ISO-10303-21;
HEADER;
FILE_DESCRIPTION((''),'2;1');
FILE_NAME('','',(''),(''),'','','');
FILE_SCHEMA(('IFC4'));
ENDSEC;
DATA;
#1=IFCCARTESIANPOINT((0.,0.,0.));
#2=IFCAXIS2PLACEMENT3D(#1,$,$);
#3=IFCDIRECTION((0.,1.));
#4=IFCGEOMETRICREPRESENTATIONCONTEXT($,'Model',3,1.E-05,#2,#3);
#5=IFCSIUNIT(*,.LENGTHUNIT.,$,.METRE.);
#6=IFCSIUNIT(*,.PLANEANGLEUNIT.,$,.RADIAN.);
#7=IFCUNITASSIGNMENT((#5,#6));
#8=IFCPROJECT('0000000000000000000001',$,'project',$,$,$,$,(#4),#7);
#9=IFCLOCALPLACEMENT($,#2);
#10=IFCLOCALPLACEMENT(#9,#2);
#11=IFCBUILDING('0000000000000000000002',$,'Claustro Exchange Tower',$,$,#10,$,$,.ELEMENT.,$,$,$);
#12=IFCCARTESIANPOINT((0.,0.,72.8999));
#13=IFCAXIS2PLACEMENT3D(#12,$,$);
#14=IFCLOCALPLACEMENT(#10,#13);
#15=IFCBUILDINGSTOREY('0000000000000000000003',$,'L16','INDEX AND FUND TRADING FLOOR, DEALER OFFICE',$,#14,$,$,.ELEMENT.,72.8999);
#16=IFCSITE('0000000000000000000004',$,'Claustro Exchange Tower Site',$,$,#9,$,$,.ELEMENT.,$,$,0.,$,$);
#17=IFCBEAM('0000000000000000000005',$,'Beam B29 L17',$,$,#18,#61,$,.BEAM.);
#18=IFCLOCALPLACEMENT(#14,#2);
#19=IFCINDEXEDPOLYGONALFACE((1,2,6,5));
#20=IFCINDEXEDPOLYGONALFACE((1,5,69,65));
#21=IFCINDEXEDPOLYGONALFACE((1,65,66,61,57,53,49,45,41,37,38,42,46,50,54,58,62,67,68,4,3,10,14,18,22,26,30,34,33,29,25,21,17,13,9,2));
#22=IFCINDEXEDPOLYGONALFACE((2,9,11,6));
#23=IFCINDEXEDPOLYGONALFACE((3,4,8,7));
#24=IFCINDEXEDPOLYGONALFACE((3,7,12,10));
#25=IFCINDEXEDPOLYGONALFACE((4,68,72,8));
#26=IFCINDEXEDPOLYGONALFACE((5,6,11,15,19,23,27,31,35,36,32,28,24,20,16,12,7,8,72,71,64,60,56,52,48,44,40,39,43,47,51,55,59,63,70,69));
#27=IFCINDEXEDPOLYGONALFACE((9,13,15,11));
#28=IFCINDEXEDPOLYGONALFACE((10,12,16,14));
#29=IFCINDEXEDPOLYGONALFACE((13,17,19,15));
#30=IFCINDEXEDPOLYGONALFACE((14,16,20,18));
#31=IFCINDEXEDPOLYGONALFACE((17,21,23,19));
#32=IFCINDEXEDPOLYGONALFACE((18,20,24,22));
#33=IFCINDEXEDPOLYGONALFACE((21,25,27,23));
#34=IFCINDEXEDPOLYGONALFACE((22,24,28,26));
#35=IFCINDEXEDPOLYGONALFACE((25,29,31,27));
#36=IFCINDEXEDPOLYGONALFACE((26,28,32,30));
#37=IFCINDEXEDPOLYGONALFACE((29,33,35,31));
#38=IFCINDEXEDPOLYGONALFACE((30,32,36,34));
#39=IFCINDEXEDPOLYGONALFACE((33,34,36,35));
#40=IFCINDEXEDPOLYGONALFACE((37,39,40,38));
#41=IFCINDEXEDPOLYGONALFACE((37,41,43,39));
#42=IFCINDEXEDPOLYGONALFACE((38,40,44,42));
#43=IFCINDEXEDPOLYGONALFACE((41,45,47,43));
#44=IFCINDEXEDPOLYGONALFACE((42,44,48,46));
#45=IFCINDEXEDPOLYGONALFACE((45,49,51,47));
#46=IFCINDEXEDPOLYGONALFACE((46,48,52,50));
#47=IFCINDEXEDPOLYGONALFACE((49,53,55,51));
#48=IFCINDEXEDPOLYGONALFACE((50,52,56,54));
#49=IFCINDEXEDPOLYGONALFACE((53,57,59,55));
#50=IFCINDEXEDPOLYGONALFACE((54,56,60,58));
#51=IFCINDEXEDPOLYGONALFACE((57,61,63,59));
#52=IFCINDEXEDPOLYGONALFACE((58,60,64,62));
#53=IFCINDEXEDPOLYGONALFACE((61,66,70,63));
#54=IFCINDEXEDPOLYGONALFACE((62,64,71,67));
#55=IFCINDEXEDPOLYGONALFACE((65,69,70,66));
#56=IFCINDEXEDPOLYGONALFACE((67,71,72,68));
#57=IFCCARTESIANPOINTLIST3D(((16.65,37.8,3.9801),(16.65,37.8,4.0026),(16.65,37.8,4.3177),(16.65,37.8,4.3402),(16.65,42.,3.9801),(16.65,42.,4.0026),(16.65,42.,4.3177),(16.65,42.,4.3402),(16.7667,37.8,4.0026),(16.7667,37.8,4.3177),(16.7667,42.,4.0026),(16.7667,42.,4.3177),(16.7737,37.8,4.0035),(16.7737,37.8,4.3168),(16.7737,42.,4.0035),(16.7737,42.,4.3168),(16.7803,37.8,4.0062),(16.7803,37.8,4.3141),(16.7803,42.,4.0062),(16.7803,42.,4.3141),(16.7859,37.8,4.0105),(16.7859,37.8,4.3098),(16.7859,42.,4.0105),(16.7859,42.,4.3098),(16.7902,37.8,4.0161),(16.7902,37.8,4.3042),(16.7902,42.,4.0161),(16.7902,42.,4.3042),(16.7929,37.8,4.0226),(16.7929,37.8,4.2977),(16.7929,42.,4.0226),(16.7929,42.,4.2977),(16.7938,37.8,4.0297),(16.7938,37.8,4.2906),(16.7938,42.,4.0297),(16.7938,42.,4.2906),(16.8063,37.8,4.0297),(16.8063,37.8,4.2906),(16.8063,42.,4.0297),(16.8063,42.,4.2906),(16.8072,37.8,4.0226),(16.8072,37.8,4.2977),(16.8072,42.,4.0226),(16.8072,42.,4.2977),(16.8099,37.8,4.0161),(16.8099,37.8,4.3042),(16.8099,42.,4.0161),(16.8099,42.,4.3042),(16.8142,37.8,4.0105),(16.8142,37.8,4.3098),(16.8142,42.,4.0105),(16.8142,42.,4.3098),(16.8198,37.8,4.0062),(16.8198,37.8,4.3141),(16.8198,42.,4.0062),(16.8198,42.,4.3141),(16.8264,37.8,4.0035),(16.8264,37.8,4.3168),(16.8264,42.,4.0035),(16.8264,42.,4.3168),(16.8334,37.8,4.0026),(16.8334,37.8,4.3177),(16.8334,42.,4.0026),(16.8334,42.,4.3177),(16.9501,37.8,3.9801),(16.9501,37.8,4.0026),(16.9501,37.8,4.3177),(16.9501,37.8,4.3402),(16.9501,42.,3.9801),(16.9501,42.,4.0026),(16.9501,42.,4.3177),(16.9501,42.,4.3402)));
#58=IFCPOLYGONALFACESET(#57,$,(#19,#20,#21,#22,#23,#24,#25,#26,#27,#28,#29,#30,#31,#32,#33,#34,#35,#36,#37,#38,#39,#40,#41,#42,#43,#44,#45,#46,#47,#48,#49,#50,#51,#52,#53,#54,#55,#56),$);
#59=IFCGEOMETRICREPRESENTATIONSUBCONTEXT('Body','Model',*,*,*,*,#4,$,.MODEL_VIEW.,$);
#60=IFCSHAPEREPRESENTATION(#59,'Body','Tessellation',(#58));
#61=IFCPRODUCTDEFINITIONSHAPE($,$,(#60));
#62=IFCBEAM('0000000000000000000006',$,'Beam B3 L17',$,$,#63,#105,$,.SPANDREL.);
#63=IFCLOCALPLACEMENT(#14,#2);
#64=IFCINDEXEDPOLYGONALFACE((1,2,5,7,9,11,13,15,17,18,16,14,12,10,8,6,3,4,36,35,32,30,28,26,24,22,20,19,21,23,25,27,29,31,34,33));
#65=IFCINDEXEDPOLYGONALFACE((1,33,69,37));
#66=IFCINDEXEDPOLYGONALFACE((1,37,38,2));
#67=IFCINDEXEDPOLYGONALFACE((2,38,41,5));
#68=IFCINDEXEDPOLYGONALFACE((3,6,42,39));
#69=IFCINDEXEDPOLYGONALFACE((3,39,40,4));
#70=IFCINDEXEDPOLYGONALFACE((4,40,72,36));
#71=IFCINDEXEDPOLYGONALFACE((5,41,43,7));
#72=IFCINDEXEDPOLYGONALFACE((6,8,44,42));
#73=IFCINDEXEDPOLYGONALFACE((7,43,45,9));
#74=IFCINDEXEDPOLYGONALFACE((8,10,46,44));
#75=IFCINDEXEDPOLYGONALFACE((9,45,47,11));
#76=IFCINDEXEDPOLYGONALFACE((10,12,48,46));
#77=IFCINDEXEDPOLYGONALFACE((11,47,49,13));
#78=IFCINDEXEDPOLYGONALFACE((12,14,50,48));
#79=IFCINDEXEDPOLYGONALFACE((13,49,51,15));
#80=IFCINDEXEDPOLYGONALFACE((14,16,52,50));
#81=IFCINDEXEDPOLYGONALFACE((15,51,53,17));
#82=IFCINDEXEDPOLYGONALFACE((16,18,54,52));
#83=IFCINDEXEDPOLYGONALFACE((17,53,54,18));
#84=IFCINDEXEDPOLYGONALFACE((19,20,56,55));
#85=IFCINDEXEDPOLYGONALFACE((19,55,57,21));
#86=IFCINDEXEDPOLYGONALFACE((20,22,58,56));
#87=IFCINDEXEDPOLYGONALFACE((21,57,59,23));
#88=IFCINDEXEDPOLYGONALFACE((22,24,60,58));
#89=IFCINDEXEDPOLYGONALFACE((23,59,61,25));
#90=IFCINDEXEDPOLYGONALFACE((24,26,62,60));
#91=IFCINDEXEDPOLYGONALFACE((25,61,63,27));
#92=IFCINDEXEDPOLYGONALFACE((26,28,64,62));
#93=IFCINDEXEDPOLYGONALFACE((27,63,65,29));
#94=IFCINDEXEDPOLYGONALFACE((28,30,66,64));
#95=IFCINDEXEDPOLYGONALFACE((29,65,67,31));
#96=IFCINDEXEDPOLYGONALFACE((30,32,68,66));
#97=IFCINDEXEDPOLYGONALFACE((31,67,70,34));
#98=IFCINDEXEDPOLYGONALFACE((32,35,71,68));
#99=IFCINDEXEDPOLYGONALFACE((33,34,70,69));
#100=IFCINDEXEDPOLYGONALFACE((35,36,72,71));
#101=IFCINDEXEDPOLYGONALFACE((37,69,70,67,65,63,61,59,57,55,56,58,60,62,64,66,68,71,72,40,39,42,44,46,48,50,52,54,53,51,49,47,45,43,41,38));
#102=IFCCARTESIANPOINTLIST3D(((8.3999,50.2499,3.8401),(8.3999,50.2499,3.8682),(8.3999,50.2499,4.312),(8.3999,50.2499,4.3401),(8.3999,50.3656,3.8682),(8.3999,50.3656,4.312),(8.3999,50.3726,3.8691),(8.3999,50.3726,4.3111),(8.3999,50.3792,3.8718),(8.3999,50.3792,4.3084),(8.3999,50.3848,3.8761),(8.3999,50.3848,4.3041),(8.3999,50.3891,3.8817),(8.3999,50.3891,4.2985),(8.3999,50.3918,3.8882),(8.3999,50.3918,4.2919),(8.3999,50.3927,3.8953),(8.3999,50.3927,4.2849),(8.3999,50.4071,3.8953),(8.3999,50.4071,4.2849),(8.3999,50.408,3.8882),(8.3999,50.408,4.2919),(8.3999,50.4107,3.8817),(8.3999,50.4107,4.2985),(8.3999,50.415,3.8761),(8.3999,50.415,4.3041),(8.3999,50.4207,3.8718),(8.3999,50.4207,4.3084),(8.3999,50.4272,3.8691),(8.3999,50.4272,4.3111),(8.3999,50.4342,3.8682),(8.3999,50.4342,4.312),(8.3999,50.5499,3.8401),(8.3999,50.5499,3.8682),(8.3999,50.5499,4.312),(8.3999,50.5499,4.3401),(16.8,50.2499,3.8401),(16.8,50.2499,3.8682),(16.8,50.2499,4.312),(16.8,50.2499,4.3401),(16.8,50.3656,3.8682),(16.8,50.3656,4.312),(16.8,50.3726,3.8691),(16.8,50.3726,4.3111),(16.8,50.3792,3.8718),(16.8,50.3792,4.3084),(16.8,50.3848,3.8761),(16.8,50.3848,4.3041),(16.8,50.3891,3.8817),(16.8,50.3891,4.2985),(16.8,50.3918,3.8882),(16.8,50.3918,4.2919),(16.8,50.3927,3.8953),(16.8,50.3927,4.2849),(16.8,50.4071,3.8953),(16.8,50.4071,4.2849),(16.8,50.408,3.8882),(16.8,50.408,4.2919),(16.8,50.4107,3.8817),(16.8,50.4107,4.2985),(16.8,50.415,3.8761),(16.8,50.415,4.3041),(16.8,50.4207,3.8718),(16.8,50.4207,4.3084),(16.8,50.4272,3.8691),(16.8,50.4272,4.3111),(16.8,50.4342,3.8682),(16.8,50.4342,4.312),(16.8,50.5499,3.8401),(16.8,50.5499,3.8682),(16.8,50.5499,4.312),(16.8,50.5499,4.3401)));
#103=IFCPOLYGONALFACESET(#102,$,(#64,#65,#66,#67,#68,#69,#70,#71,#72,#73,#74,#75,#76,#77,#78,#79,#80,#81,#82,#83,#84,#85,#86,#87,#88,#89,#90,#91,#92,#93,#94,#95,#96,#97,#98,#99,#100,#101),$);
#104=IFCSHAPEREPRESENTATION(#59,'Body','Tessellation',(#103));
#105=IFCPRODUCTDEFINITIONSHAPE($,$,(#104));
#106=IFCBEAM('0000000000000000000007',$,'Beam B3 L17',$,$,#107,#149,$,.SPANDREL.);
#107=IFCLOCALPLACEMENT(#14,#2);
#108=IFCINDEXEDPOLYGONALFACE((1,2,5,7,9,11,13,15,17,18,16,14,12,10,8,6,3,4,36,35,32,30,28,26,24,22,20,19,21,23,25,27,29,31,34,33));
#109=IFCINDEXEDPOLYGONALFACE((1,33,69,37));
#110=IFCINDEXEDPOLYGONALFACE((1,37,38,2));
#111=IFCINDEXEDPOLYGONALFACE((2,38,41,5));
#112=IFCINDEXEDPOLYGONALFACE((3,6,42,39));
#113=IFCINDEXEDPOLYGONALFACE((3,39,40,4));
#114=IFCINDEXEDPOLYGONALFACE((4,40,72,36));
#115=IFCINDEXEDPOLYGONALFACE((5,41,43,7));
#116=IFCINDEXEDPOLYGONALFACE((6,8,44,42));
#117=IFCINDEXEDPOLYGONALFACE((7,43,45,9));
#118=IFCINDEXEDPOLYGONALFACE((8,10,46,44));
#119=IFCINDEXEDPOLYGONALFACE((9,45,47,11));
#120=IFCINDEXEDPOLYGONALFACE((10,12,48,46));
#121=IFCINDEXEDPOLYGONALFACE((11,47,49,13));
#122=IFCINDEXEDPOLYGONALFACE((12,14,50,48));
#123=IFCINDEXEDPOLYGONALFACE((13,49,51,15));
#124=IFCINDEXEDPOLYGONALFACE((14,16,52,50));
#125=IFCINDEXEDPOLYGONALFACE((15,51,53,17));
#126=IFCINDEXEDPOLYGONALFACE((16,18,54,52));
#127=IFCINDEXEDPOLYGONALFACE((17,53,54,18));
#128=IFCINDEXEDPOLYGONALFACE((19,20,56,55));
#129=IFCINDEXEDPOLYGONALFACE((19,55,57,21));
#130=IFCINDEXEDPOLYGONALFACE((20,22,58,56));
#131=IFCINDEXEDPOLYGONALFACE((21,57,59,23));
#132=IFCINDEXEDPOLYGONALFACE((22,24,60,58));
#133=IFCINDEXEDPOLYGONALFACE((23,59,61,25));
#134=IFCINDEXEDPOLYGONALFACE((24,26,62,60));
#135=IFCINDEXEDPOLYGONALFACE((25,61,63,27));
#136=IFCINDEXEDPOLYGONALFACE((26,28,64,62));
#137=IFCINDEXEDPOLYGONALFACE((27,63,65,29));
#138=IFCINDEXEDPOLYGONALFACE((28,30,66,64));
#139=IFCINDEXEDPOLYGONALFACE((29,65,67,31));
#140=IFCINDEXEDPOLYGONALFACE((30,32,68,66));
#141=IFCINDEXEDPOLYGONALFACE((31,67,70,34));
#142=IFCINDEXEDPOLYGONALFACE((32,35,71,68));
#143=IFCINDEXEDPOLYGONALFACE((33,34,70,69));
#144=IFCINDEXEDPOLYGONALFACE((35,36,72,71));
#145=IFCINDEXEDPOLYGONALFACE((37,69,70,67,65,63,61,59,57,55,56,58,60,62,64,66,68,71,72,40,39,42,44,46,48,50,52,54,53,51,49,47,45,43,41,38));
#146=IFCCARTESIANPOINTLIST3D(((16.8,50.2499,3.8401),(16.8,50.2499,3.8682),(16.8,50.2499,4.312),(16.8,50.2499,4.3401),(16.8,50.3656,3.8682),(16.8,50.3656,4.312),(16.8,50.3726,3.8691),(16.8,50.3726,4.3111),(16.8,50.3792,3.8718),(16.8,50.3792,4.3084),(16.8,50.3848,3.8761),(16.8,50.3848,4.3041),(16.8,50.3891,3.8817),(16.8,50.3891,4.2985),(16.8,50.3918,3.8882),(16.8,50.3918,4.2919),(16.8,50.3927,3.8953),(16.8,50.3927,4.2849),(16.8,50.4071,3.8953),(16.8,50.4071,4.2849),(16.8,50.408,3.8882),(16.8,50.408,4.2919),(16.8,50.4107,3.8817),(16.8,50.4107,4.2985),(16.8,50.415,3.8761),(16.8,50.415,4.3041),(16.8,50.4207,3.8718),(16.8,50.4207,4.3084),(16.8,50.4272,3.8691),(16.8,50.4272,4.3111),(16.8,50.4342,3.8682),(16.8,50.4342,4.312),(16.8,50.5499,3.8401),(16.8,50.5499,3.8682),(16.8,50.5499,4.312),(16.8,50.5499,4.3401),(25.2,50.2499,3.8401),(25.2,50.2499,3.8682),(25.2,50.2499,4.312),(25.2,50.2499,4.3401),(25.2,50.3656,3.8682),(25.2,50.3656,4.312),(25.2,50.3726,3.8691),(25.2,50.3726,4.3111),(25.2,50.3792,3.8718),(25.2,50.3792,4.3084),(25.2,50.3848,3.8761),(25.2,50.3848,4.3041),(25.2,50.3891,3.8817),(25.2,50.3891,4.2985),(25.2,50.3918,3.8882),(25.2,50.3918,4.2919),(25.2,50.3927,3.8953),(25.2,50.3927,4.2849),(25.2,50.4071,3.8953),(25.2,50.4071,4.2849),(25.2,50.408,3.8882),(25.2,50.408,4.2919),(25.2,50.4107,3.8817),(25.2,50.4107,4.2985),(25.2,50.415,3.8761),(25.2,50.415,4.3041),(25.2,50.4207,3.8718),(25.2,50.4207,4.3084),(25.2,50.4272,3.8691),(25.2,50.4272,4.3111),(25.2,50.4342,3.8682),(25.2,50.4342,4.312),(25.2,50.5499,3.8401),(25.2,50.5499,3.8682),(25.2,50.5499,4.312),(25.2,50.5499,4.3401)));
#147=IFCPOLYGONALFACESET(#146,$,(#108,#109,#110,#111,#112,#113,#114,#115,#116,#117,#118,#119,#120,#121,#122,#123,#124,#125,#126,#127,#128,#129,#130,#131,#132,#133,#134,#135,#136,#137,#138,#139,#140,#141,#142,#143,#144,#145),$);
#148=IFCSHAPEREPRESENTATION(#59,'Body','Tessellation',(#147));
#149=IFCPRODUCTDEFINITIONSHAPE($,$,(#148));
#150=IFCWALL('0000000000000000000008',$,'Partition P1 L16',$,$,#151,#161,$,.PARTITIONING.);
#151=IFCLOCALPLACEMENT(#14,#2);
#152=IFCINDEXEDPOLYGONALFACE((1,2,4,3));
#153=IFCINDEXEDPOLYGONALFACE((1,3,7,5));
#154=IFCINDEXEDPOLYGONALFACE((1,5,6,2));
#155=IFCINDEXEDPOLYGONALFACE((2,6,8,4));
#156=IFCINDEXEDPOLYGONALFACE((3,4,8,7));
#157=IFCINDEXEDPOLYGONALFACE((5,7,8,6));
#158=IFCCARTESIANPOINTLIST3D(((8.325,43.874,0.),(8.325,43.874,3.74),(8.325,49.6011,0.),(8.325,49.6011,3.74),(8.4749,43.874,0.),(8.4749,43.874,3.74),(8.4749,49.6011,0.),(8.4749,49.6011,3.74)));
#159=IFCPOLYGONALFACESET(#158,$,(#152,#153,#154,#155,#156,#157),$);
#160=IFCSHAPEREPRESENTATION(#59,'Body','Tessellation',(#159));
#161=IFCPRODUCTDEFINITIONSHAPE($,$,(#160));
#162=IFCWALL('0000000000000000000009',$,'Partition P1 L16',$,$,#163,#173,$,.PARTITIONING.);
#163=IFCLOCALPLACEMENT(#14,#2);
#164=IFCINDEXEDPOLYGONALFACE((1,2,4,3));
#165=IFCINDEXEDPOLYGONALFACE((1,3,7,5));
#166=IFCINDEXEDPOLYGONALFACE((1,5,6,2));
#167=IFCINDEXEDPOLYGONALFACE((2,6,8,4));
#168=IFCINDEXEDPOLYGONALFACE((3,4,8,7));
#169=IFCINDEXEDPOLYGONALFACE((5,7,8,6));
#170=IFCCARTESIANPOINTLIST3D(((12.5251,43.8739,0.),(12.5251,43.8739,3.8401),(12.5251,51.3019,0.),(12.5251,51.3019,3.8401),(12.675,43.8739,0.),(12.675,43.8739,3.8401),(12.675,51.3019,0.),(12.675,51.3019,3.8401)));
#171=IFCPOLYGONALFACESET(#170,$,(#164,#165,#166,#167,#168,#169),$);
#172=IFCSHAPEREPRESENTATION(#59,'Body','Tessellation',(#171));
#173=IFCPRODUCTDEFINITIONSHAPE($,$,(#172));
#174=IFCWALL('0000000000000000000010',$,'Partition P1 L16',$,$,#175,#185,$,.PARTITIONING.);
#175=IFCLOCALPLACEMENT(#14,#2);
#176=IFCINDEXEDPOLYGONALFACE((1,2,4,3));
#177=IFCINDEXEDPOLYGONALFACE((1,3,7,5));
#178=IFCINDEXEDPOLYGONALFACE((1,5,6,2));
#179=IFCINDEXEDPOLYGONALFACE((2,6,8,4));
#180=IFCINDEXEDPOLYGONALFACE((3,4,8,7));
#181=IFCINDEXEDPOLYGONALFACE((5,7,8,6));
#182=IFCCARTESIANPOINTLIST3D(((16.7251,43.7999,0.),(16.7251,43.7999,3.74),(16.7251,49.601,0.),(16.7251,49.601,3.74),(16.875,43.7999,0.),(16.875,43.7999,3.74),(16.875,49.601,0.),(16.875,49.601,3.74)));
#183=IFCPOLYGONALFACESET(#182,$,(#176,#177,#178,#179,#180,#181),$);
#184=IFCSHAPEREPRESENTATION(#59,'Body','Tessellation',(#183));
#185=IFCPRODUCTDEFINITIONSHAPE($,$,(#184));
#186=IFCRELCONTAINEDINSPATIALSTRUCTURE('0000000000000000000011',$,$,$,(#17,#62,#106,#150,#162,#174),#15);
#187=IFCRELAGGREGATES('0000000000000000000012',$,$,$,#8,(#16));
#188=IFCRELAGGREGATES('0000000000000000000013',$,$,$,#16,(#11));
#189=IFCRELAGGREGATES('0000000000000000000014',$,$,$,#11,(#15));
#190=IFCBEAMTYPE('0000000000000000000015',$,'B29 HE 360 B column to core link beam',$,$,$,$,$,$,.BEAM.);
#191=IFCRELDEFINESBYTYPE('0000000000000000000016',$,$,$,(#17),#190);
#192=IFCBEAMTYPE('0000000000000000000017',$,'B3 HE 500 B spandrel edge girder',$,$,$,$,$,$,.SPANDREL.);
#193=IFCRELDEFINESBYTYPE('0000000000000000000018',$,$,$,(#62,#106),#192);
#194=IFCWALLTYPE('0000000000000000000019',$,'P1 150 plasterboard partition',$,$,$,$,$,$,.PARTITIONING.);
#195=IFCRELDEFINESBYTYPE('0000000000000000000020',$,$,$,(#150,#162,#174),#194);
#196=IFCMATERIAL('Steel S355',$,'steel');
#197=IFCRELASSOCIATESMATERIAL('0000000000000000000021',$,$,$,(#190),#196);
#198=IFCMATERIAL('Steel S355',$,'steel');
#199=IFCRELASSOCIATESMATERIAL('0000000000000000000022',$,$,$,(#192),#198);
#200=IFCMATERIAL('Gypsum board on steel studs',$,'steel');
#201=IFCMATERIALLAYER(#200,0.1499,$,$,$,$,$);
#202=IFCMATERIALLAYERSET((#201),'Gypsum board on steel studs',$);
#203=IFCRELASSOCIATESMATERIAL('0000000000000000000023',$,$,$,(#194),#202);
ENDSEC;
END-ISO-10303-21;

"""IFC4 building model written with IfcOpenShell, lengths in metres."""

from ifc_helpers import new_model, si_unit, direction, frame, frame_2d, origin, origin_2d, place, context, subcontext, project, spatial, rectangle, i_section, extrude, material, layer, layer_set, material_profile, profile_set, type_object, element, save


model = new_model("IFC4")

# Units and contexts
model_context = context("Model", 3, precision=1e-05, world=origin(), true_north=direction((0.0, 1.0)))
body_context = subcontext(model_context, "Body", "Model", "MODEL_VIEW")
ifc_project = project(units=[si_unit("LENGTHUNIT", "METRE"), si_unit("PLANEANGLEUNIT", "RADIAN")], contexts=[model_context])

# Site, building, storey
site_placement = place(None, origin())
site = spatial("IfcSite", under=ifc_project, at=site_placement, Name="Claustro Exchange Tower Site", CompositionType="ELEMENT", RefElevation=0.0)
building_placement = place(site_placement, origin())
building = spatial("IfcBuilding", under=site, at=building_placement, Name="Claustro Exchange Tower", CompositionType="ELEMENT")
storey_placement = place(building_placement, frame((0.0, 0.0, 72.8999)))
storey = spatial("IfcBuildingStorey", under=building, at=storey_placement, Name="L16", Description="INDEX AND FUND TRADING FLOOR, DEALER OFFICE", CompositionType="ELEMENT", Elevation=72.8999)

# Beams
ifc_material_1 = material(Name="Steel S355", Category="steel")
ifc_material_profile_1 = material_profile(ifc_material_1, i_section(OverallWidth=0.3, OverallDepth=0.3601, WebThickness=0.0125, FlangeThickness=0.0225, FilletRadius=0.0271, at=origin_2d()), Name="HE 360 B")
ifc_profile_set_1 = profile_set([ifc_material_profile_1], Name="Steel S355")
beam_type_1 = type_object("IfcBeamType", Name="B29 HE 360 B column to core link beam", PredefinedType="BEAM", material=ifc_profile_set_1)
for number, where, z_axis, x_axis, name in (
    (1, (16.8, 37.8, 4.1602), (0.0, 1.0, 0.0), (-1.0, 0.0, 0.0), "Beam B29 L17"),
):
    element("IfcBeam", number, at=place(storey_placement, frame(where, z_axis=z_axis, x_axis=x_axis)), inside=storey, type_object=beam_type_1, Name=name, PredefinedType="BEAM", context=body_context, shape_type="SweptSolid", body=[
        extrude(i_section(OverallWidth=0.3, OverallDepth=0.3601, WebThickness=0.0125, FlangeThickness=0.0225, FilletRadius=0.0271, at=origin_2d()), origin(), (0.0, 0.0, 1.0), 4.2),
    ])
ifc_material_2 = material(Name="Steel S355", Category="steel")
ifc_material_profile_2 = material_profile(ifc_material_2, i_section(OverallWidth=0.3, OverallDepth=0.5, WebThickness=0.0144, FlangeThickness=0.0281, FilletRadius=0.0271, at=origin_2d()), Name="HE 500 B")
ifc_profile_set_2 = profile_set([ifc_material_profile_2], Name="Steel S355")
beam_type_2 = type_object("IfcBeamType", Name="B3 HE 500 B spandrel edge girder", PredefinedType="SPANDREL", material=ifc_profile_set_2)
beam_1_placement = place(storey_placement, frame((8.3999, 50.3999, 4.0901), z_axis=(1.0, 0.0, 0.0), x_axis=(0.0, 1.0, 0.0)))
element("IfcBeam", 2, at=beam_1_placement, inside=storey, type_object=beam_type_2, Name="Beam B3 L17", PredefinedType="SPANDREL", context=body_context, shape_type="SweptSolid", body=[
    extrude(i_section(OverallWidth=0.3, OverallDepth=0.5, WebThickness=0.0144, FlangeThickness=0.0281, FilletRadius=0.0271, at=origin_2d()), origin(), (0.0, 0.0, 1.0), 8.4001),
])
beam_2_placement = place(storey_placement, frame((16.8, 50.3999, 4.0901), z_axis=(1.0, 0.0, 0.0), x_axis=(0.0, 1.0, 0.0)))
element("IfcBeam", 3, at=beam_2_placement, inside=storey, type_object=beam_type_2, Name="Beam B3 L17", PredefinedType="SPANDREL", context=body_context, shape_type="SweptSolid", body=[
    extrude(i_section(OverallWidth=0.3, OverallDepth=0.5, WebThickness=0.0144, FlangeThickness=0.0281, FilletRadius=0.0271, at=origin_2d()), origin(), (0.0, 0.0, 1.0), 8.3999),
])

# Walls
ifc_material_3 = material(Name="Gypsum board on steel studs", Category="steel")
ifc_layer_1 = layer(ifc_material_3, 0.1499)
ifc_layer_set_1 = layer_set([ifc_layer_1], Name="Gypsum board on steel studs")
wall_type_1 = type_object("IfcWallType", Name="P1 150 plasterboard partition", PredefinedType="PARTITIONING", material=ifc_layer_set_1)
wall_1_placement = place(storey_placement, frame((8.3999, 43.874, 0.0), z_axis=(0.0, 0.0, 1.0), x_axis=(0.0, 1.0, 0.0)))
element("IfcWall", 4, at=wall_1_placement, inside=storey, type_object=wall_type_1, Name="Partition P1 L16", PredefinedType="PARTITIONING", context=body_context, shape_type="SweptSolid", body=[
    extrude(rectangle(XDim=5.7271, YDim=0.1499, at=frame_2d((2.8635, 0.0))), origin(), (0.0, 0.0, 1.0), 3.74),
])
wall_2_placement = place(storey_placement, frame((12.6001, 43.874, 0.0), z_axis=(0.0, 0.0, 1.0), x_axis=(0.0, 1.0, 0.0)))
element("IfcWall", 5, at=wall_2_placement, inside=storey, type_object=wall_type_1, Name="Partition P1 L16", PredefinedType="PARTITIONING", context=body_context, shape_type="SweptSolid", body=[
    extrude(rectangle(XDim=7.428, YDim=0.1499, at=frame_2d((3.7139, 0.0))), origin(), (0.0, 0.0, 1.0), 3.8401),
])
wall_3_placement = place(storey_placement, frame((16.8, 43.8, 0.0), z_axis=(0.0, 0.0, 1.0), x_axis=(0.0, 1.0, 0.0)))
element("IfcWall", 6, at=wall_3_placement, inside=storey, type_object=wall_type_1, Name="Partition P1 L16", PredefinedType="PARTITIONING", context=body_context, shape_type="SweptSolid", body=[
    extrude(rectangle(XDim=5.801, YDim=0.1499, at=frame_2d((2.9004, 0.0))), origin(), (0.0, 0.0, 1.0), 3.74),
])

save(model, "model.ifc")
